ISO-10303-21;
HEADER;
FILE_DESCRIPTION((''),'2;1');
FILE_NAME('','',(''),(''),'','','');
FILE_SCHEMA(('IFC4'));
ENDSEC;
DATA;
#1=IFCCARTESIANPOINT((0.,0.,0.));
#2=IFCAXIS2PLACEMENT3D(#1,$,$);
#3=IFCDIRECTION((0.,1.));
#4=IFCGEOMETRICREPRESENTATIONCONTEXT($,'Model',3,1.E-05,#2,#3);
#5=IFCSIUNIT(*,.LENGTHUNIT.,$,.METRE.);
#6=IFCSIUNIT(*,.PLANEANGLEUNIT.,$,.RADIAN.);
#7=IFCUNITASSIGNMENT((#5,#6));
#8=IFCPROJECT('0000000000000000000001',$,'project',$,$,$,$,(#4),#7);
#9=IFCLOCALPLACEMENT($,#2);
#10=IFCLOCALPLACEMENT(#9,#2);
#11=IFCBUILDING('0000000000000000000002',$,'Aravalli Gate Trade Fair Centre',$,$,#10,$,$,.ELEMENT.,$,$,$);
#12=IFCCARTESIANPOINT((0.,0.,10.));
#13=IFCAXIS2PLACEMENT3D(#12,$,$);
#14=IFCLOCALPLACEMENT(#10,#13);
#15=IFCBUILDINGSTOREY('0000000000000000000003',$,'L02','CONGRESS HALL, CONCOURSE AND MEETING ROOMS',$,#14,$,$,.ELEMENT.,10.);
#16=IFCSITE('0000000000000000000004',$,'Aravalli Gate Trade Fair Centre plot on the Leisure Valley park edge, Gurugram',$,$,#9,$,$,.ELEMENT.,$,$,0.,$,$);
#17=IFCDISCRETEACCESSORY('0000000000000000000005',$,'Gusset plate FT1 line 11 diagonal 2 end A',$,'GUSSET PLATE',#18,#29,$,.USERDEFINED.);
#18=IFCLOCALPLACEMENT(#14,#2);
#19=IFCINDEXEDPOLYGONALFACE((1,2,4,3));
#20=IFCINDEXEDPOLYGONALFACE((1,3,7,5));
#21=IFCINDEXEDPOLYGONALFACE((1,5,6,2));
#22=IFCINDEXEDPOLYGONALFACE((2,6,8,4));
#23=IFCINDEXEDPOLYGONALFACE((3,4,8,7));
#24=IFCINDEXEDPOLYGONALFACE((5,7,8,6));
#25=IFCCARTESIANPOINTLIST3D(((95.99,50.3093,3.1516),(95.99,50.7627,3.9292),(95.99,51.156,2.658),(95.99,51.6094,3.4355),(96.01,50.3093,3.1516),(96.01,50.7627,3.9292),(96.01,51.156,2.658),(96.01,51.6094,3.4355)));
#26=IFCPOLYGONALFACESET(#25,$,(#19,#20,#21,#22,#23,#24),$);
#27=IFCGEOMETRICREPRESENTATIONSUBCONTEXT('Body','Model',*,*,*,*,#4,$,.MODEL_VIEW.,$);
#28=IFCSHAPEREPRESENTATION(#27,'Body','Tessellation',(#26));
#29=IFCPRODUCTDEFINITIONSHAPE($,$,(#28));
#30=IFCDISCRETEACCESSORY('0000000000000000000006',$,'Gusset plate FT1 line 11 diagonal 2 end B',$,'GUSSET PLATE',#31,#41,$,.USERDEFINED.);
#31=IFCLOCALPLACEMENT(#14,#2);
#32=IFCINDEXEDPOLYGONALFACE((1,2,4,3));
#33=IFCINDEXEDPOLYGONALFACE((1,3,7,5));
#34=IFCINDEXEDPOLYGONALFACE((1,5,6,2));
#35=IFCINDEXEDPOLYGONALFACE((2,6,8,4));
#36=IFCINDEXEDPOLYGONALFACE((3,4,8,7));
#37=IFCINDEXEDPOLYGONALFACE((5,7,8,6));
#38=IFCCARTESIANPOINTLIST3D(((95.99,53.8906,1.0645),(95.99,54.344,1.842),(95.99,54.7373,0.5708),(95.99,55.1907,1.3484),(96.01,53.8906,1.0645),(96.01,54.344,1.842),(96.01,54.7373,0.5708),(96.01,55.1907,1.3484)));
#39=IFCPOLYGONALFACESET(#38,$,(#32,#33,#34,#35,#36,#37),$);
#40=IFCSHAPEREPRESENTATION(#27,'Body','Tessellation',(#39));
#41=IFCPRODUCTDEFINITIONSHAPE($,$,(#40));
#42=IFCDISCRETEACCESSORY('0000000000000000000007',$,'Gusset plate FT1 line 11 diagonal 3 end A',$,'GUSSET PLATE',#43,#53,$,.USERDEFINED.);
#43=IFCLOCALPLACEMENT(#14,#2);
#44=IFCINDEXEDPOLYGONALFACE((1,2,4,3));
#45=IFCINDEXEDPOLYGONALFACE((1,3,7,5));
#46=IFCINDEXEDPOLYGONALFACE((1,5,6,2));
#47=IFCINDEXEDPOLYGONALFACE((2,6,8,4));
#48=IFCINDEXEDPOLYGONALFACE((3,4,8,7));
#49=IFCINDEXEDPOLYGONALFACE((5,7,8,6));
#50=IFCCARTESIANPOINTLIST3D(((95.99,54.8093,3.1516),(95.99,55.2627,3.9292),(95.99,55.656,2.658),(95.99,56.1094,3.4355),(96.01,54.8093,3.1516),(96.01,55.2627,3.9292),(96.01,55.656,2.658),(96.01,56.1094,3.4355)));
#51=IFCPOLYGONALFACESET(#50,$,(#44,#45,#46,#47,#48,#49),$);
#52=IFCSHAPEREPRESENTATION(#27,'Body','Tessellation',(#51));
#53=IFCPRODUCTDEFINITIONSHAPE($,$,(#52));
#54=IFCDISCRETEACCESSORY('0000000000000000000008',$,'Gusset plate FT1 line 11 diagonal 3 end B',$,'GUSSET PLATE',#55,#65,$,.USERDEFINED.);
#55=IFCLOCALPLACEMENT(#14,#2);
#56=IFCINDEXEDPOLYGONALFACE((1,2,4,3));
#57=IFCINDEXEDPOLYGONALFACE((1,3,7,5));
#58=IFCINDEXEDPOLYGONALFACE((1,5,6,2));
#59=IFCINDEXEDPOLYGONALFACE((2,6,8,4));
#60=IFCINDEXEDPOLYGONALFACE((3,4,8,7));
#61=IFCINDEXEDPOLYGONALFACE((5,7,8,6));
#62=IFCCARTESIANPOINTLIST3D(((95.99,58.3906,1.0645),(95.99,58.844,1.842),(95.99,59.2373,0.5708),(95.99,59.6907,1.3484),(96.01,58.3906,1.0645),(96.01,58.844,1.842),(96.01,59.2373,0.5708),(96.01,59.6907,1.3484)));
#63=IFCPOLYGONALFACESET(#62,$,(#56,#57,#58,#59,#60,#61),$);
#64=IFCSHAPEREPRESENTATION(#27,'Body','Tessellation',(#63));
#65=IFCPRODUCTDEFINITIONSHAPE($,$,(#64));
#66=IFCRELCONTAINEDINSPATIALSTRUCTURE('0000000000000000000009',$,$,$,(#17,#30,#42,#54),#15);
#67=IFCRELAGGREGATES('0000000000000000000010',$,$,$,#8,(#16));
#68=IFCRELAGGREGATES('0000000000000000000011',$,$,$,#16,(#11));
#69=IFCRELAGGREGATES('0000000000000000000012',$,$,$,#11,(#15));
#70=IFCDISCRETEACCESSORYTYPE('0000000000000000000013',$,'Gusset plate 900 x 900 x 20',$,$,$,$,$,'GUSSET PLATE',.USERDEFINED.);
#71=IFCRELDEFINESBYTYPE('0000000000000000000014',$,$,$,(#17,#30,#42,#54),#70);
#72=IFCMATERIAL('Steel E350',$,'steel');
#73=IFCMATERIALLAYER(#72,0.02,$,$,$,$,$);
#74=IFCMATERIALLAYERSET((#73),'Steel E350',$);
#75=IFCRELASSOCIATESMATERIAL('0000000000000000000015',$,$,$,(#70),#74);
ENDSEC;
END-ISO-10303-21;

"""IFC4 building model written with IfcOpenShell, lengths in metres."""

from ifc_helpers import new_model, si_unit, direction, frame, origin, place, context, subcontext, project, spatial, polyline, outline, extrude, material, layer, layer_set, type_object, element, save


model = new_model("IFC4")

# Units and contexts
model_context = context("Model", 3, precision=1e-05, world=origin(), true_north=direction((0.0, 1.0)))
body_context = subcontext(model_context, "Body", "Model", "MODEL_VIEW")
ifc_project = project(units=[si_unit("LENGTHUNIT", "METRE"), si_unit("PLANEANGLEUNIT", "RADIAN")], contexts=[model_context])

# Site, building, storey
site_placement = place(None, origin())
site = spatial("IfcSite", under=ifc_project, at=site_placement, Name="Aravalli Gate Trade Fair Centre plot on the Leisure Valley park edge, Gurugram", CompositionType="ELEMENT", RefElevation=0.0)
building_placement = place(site_placement, origin())
building = spatial("IfcBuilding", under=site, at=building_placement, Name="Aravalli Gate Trade Fair Centre", CompositionType="ELEMENT")
storey_placement = place(building_placement, frame((0.0, 0.0, 10.0)))
storey = spatial("IfcBuildingStorey", under=building, at=storey_placement, Name="L02", Description="CONGRESS HALL, CONCOURSE AND MEETING ROOMS", CompositionType="ELEMENT", Elevation=10.0)

# Shared definitions
ifc_material_1 = material(Name="Steel E350", Category="steel")

# Discrete accessories
ifc_layer_1 = layer(ifc_material_1, 0.02)
ifc_layer_set_1 = layer_set([ifc_layer_1], Name="Steel E350")
discrete_accessory_type_1 = type_object("IfcDiscreteAccessoryType", Name="Gusset plate 900 x 900 x 20", ElementType="GUSSET PLATE", PredefinedType="USERDEFINED", material=ifc_layer_set_1)
discrete_accessory_1_placement = place(storey_placement, frame((95.99, 51.156, 2.658), z_axis=(-1.0, 0.0, 0.0), x_axis=(0.0, -0.863887, 0.503685)))
element("IfcDiscreteAccessory", 1, at=discrete_accessory_1_placement, inside=storey, type_object=discrete_accessory_type_1, Name="Gusset plate FT1 line 11 diagonal 2 end A", ObjectType="GUSSET PLATE", PredefinedType="USERDEFINED", context=body_context, shape_type="SweptSolid", body=[
    extrude(outline(polyline([(0.0, 0.0), (0.9801, 0.0), (0.9801, 0.9001), (0.0, 0.9001), (0.0, 0.0)])), origin(), (0.0, 0.0, -1.0), 0.02),
])
discrete_accessory_2_placement = place(storey_placement, frame((96.01, 53.8906, 1.0645), z_axis=(1.0, 0.0, 0.0), x_axis=(0.0, 0.863887, -0.503685)))
element("IfcDiscreteAccessory", 2, at=discrete_accessory_2_placement, inside=storey, type_object=discrete_accessory_type_1, Name="Gusset plate FT1 line 11 diagonal 2 end B", ObjectType="GUSSET PLATE", PredefinedType="USERDEFINED", context=body_context, shape_type="SweptSolid", body=[
    extrude(outline(polyline([(0.0, 0.0), (0.9801, 0.0), (0.9801, 0.9001), (0.0, 0.9001), (0.0, 0.0)])), origin(), (0.0, 0.0, -1.0), 0.02),
])
discrete_accessory_3_placement = place(storey_placement, frame((95.99, 55.656, 2.658), z_axis=(-1.0, 0.0, 0.0), x_axis=(0.0, -0.863887, 0.503685)))
element("IfcDiscreteAccessory", 3, at=discrete_accessory_3_placement, inside=storey, type_object=discrete_accessory_type_1, Name="Gusset plate FT1 line 11 diagonal 3 end A", ObjectType="GUSSET PLATE", PredefinedType="USERDEFINED", context=body_context, shape_type="SweptSolid", body=[
    extrude(outline(polyline([(0.0, 0.0), (0.9801, 0.0), (0.9801, 0.9001), (0.0, 0.9001), (0.0, 0.0)])), origin(), (0.0, 0.0, -1.0), 0.02),
])
discrete_accessory_4_placement = place(storey_placement, frame((96.01, 58.3906, 1.0645), z_axis=(1.0, 0.0, 0.0), x_axis=(0.0, 0.863887, -0.503685)))
element("IfcDiscreteAccessory", 4, at=discrete_accessory_4_placement, inside=storey, type_object=discrete_accessory_type_1, Name="Gusset plate FT1 line 11 diagonal 3 end B", ObjectType="GUSSET PLATE", PredefinedType="USERDEFINED", context=body_context, shape_type="SweptSolid", body=[
    extrude(outline(polyline([(0.0, 0.0), (0.9801, 0.0), (0.9801, 0.9001), (0.0, 0.9001), (0.0, 0.0)])), origin(), (0.0, 0.0, -1.0), 0.02),
])

save(model, "model.ifc")
